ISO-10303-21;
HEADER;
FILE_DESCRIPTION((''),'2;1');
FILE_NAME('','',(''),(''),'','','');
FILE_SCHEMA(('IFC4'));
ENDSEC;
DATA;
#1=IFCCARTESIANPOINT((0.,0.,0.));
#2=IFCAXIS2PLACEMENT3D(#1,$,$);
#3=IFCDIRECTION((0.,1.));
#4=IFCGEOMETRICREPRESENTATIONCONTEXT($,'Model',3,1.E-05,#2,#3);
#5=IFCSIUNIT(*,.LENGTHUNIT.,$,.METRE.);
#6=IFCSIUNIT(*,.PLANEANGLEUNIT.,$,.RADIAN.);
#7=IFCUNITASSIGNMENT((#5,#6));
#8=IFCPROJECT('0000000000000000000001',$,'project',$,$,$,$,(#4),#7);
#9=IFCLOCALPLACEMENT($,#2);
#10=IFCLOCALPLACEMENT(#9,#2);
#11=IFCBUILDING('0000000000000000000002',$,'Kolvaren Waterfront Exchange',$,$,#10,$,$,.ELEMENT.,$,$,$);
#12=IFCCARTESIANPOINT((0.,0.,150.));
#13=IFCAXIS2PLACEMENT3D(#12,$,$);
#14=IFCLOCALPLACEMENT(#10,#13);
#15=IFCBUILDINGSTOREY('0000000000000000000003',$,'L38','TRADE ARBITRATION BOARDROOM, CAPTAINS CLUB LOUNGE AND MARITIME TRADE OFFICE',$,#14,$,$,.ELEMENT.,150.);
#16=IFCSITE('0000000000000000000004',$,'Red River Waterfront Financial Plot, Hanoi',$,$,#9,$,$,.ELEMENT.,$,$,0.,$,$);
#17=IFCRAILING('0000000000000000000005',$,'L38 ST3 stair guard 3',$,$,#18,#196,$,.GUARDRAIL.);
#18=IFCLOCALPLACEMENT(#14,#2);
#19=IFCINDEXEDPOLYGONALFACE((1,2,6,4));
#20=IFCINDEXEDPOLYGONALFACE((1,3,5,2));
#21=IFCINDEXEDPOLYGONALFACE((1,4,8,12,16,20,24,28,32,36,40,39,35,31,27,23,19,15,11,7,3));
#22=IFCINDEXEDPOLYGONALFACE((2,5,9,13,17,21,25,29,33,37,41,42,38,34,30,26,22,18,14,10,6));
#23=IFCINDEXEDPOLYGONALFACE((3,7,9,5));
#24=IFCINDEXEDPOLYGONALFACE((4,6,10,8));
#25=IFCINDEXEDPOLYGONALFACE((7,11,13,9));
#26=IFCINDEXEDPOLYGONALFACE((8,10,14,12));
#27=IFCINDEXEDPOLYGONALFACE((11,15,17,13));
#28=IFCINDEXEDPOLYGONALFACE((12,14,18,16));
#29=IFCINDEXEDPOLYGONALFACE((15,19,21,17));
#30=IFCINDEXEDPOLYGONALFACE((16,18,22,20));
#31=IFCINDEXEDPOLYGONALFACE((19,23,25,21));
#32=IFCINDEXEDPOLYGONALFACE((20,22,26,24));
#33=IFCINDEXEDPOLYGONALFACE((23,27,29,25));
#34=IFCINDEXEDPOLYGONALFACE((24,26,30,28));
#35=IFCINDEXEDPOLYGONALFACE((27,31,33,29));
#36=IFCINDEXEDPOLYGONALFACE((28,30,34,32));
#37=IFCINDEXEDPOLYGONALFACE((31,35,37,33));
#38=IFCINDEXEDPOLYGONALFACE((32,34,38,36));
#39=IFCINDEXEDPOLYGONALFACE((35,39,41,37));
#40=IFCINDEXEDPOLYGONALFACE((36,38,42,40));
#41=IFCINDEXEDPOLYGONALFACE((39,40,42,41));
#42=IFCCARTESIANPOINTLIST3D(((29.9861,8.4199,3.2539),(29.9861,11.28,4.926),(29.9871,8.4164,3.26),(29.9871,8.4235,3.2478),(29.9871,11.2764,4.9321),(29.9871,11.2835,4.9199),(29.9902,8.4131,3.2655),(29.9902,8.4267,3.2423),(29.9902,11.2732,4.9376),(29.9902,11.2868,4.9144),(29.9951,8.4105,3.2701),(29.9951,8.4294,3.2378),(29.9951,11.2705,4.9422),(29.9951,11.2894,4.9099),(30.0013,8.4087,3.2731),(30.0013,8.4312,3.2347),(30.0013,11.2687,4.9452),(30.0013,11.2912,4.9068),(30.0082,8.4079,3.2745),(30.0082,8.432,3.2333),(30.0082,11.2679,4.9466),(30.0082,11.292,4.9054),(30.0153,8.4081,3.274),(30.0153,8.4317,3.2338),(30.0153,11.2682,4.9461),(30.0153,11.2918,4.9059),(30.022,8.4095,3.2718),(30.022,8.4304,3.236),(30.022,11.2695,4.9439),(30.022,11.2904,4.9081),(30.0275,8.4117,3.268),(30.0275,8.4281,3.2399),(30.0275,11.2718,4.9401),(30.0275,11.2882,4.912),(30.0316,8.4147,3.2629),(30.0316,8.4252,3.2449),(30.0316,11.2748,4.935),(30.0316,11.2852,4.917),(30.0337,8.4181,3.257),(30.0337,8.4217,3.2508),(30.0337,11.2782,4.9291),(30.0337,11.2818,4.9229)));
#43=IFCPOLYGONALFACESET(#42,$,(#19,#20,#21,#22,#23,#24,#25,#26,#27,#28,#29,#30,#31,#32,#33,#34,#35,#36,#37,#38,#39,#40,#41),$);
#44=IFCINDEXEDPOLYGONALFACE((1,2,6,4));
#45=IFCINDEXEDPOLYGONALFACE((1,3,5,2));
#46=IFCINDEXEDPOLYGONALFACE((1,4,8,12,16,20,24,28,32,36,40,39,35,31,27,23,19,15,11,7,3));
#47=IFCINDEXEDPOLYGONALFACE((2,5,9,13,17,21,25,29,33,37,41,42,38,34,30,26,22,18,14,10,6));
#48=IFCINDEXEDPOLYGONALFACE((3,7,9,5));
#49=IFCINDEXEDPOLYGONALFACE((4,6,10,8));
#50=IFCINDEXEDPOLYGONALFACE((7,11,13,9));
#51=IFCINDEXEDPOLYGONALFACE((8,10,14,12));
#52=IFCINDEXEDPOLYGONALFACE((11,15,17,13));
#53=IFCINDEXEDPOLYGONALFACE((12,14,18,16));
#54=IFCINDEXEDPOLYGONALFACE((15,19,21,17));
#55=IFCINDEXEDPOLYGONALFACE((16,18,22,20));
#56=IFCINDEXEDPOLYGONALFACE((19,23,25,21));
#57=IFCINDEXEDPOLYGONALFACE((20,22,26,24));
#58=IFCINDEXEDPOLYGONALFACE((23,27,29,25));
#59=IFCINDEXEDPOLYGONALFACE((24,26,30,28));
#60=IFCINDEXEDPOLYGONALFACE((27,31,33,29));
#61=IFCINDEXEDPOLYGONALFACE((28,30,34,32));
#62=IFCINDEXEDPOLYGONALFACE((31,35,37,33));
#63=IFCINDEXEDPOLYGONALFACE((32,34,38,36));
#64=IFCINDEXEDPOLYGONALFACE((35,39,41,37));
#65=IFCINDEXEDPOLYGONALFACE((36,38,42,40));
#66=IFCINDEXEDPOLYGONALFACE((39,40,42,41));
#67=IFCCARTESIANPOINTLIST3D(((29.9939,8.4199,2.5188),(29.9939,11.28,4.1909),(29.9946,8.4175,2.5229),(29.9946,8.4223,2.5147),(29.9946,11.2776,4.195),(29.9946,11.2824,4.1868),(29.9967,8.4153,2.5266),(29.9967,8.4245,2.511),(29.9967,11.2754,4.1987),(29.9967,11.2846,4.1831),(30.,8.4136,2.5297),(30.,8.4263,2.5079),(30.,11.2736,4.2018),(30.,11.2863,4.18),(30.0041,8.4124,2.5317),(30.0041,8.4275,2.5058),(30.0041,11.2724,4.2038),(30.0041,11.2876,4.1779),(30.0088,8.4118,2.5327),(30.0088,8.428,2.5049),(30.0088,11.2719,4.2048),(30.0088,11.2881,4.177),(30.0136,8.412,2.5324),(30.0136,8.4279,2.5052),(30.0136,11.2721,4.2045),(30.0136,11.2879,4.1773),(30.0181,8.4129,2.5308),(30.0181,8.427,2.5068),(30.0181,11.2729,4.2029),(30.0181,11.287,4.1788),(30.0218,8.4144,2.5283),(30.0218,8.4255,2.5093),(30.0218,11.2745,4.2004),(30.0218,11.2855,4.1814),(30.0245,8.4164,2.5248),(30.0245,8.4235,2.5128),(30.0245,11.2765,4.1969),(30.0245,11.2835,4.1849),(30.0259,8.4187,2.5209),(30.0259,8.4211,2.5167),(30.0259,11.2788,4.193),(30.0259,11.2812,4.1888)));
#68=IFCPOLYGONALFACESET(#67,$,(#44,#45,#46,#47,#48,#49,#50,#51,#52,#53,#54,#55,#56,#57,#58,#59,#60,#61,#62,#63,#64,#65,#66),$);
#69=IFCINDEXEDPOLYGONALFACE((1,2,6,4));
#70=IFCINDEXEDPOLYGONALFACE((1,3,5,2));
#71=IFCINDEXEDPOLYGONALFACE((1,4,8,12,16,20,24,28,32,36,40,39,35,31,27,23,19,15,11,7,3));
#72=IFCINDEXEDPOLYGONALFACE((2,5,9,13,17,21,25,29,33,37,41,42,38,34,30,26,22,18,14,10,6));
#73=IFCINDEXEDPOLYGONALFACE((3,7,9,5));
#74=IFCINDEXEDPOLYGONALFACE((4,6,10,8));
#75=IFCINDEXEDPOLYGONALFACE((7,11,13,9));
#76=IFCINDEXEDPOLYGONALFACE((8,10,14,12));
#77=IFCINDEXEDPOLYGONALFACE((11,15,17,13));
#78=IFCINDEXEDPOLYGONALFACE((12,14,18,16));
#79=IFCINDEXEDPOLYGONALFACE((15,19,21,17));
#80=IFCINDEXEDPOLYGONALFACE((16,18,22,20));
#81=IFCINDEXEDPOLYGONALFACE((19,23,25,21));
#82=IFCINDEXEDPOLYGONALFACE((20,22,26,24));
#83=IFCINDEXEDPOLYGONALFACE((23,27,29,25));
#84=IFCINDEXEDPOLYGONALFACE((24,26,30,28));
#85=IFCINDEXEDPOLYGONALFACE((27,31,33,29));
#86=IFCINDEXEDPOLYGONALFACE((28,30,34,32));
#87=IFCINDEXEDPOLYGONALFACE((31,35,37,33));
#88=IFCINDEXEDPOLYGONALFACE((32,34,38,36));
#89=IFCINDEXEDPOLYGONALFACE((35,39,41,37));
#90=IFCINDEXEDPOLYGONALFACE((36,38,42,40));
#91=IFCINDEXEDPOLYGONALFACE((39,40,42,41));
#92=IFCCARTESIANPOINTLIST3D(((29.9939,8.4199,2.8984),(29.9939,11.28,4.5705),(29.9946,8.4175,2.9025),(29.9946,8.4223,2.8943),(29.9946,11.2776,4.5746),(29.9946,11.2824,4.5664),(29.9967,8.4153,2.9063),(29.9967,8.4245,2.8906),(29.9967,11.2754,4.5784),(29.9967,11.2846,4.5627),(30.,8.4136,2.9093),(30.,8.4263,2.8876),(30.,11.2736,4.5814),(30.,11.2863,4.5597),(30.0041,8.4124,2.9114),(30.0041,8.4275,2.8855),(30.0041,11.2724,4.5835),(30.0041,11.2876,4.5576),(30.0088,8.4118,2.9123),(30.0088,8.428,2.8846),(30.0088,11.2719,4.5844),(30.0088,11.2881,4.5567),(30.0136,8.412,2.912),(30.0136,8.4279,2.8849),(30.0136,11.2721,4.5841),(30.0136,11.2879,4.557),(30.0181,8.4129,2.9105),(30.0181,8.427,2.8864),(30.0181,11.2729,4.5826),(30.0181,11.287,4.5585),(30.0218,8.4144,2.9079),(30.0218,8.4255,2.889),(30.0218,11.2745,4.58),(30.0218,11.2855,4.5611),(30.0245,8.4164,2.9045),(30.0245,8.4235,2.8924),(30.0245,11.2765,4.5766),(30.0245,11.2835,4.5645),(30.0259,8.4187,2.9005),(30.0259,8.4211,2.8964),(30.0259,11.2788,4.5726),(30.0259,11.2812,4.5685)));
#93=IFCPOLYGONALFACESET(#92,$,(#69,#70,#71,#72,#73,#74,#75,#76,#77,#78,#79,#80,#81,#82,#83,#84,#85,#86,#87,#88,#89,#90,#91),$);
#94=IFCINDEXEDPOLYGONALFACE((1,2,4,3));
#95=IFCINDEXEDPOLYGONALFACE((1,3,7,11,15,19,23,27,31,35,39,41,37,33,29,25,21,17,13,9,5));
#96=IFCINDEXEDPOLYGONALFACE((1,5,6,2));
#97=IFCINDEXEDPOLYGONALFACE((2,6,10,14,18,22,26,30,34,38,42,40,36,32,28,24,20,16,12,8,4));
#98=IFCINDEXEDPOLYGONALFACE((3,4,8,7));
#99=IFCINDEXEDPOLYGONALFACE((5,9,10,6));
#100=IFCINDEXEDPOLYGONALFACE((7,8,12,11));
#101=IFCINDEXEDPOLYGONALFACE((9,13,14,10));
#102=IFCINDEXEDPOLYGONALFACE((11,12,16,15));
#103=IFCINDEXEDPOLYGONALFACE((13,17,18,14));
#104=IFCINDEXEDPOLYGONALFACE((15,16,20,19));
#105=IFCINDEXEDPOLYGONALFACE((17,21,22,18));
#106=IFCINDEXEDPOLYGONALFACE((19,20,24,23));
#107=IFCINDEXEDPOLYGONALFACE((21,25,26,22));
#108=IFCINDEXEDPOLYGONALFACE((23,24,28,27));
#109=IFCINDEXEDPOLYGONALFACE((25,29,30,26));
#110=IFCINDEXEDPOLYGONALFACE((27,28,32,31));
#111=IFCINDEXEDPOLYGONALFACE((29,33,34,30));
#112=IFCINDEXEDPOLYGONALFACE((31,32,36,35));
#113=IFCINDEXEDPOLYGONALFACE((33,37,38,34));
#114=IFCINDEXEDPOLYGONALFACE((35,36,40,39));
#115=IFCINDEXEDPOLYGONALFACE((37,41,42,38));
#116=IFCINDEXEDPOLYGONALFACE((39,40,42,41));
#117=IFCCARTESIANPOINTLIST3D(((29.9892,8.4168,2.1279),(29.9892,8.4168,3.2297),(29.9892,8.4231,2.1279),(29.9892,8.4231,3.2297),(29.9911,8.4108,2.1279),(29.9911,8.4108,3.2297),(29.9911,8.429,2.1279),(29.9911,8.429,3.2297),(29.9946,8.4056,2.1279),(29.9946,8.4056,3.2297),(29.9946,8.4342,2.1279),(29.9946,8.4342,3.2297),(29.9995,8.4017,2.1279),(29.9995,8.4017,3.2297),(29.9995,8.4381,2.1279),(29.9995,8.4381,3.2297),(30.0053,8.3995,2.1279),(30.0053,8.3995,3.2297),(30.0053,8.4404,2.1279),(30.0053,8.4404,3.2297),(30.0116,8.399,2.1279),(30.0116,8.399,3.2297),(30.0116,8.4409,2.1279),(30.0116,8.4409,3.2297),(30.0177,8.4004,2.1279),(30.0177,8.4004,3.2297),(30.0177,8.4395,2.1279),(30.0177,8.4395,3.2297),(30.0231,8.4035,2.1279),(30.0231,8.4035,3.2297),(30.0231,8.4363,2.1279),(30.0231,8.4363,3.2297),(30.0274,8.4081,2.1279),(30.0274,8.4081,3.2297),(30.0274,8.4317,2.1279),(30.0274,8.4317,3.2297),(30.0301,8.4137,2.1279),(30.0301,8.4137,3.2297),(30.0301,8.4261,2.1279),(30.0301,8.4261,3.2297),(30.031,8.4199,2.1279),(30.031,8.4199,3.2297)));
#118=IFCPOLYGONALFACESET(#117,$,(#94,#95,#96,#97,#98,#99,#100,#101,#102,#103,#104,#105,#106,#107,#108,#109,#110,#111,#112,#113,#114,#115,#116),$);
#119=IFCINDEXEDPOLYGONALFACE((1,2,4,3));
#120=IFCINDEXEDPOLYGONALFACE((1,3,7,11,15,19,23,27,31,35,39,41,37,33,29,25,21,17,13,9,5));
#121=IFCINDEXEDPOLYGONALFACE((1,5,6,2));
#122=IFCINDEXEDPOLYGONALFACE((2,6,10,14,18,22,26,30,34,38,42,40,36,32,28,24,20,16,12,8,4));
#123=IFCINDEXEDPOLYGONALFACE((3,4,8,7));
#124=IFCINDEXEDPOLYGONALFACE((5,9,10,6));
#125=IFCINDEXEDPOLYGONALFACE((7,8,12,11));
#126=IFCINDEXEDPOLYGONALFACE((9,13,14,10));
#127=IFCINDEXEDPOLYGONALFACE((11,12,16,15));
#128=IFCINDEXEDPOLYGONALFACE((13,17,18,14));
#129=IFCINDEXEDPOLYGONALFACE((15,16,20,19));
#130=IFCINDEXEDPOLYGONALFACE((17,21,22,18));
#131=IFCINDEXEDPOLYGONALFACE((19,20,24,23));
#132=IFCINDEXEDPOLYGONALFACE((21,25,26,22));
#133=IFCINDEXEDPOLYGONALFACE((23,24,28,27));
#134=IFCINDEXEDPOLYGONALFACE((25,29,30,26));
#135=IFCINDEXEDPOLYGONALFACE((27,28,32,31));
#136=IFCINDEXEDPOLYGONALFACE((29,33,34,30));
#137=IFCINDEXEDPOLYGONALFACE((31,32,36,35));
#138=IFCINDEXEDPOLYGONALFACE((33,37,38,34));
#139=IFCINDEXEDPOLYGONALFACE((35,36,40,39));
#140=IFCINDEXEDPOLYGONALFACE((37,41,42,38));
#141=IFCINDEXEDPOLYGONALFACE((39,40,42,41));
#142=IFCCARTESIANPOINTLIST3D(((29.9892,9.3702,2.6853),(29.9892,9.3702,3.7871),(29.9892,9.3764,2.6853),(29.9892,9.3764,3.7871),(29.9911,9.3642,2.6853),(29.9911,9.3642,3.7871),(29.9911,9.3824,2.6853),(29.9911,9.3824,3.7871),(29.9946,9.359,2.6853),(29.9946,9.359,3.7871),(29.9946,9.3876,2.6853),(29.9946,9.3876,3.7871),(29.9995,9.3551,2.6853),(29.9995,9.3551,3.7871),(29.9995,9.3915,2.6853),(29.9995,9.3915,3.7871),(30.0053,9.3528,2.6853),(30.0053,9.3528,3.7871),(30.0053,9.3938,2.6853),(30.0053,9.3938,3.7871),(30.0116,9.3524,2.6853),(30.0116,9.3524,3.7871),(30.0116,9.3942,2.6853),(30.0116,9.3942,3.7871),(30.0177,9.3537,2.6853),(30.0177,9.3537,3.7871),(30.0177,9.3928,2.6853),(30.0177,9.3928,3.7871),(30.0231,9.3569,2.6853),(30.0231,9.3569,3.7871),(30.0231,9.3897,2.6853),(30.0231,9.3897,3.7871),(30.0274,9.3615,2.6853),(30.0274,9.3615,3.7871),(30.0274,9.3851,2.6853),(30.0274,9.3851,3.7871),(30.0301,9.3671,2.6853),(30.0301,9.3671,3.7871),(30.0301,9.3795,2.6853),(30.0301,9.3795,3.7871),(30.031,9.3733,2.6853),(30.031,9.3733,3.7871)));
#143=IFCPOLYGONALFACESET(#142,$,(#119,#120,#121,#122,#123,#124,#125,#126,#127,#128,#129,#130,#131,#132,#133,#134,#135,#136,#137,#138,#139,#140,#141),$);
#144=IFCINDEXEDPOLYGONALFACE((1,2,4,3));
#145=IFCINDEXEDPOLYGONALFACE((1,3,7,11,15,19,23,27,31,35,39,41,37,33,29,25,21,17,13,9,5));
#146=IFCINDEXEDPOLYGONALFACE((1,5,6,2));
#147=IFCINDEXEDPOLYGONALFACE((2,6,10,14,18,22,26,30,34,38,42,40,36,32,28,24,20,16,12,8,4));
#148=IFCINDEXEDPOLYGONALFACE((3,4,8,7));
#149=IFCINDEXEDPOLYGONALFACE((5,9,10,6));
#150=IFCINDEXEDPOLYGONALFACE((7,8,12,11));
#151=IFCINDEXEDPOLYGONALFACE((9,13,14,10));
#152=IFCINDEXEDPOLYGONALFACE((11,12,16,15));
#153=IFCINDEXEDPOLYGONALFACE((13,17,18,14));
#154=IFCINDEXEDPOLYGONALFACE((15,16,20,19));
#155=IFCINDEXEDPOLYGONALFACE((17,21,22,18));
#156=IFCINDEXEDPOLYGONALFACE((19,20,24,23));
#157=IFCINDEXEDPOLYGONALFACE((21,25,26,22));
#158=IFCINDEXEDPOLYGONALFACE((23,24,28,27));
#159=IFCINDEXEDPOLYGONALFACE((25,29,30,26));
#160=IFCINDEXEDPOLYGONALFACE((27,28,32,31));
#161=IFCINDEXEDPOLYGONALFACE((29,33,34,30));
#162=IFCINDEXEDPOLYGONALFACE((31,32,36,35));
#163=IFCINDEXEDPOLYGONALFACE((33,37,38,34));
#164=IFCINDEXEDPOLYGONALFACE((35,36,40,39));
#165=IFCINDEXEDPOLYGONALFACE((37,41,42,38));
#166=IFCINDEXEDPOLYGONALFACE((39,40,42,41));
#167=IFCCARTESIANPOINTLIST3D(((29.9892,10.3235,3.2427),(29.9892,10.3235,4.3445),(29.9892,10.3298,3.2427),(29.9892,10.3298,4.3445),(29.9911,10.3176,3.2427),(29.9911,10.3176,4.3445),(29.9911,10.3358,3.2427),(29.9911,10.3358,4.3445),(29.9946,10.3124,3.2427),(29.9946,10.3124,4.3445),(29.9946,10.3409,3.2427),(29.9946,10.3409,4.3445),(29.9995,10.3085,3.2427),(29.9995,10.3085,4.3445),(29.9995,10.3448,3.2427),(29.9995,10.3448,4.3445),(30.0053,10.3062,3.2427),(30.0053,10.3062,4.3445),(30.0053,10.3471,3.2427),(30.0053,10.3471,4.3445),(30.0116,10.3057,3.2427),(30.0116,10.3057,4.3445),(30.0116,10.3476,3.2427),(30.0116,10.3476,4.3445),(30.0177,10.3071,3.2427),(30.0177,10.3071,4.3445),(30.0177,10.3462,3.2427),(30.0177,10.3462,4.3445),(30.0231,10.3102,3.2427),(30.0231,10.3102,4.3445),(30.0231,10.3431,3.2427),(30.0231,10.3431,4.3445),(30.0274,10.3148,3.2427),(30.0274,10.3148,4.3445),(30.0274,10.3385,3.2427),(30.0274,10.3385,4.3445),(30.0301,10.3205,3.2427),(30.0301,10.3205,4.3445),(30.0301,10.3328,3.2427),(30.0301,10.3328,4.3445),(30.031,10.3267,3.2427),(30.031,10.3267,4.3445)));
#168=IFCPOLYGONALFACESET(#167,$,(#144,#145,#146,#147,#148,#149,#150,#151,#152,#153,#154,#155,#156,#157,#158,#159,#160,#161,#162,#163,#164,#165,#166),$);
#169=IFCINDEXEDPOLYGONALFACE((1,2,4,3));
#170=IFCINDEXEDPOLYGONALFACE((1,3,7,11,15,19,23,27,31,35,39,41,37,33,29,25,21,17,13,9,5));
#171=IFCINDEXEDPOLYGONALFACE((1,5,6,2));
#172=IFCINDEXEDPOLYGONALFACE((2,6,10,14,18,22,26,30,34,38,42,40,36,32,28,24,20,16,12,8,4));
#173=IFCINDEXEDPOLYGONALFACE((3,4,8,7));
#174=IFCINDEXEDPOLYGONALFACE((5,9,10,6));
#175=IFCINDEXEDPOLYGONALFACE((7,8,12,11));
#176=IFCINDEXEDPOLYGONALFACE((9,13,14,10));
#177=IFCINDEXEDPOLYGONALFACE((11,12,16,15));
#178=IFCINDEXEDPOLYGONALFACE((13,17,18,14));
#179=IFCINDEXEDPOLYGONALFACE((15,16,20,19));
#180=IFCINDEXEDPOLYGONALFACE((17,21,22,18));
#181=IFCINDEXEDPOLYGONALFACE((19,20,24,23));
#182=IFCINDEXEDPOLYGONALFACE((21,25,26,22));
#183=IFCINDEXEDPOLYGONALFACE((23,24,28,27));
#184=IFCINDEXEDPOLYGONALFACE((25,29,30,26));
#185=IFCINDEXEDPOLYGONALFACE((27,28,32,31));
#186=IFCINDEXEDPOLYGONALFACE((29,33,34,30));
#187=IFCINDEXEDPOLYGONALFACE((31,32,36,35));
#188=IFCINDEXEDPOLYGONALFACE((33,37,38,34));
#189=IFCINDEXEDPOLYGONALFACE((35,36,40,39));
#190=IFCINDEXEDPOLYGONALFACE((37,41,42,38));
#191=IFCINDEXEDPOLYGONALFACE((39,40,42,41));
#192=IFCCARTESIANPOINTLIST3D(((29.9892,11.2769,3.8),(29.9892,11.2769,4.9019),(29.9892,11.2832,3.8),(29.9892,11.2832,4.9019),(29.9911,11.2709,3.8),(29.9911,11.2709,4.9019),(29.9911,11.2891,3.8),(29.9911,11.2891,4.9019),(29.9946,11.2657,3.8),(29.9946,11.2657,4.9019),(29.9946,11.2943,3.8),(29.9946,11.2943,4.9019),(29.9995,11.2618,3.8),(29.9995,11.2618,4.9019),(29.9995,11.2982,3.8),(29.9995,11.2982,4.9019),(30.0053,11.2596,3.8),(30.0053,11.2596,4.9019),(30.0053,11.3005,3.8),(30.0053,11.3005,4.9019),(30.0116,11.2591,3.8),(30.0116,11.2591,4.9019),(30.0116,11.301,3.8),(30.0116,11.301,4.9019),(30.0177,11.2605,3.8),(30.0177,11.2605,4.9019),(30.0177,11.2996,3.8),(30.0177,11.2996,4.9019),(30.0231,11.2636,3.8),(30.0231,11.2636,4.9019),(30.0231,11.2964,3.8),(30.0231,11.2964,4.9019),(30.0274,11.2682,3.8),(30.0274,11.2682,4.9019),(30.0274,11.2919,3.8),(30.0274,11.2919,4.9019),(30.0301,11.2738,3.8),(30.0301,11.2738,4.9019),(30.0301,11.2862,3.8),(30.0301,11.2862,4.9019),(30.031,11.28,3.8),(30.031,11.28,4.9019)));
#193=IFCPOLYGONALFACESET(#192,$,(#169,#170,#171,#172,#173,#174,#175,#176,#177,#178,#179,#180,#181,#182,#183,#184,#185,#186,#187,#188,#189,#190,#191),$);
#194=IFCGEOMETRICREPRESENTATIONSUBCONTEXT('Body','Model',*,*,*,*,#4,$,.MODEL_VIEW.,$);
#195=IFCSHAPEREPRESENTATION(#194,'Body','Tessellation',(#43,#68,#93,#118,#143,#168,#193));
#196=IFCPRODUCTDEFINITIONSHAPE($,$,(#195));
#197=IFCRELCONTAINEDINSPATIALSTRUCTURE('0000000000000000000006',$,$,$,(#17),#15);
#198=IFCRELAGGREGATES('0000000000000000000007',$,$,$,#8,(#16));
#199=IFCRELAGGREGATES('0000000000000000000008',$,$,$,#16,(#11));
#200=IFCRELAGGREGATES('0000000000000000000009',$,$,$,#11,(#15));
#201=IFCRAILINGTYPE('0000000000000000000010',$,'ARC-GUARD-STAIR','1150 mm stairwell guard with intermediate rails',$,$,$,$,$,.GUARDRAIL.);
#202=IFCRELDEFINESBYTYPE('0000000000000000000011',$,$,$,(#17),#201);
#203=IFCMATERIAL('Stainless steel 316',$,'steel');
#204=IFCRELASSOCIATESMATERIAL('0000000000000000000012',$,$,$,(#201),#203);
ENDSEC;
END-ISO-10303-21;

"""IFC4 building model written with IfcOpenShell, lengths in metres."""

from ifc_helpers import new_model, si_unit, direction, frame, origin, origin_2d, place, context, subcontext, project, spatial, circle, extrude, material, type_object, element, save


model = new_model("IFC4")

# Units and contexts
model_context = context("Model", 3, precision=1e-05, world=origin(), true_north=direction((0.0, 1.0)))
body_context = subcontext(model_context, "Body", "Model", "MODEL_VIEW")
ifc_project = project(units=[si_unit("LENGTHUNIT", "METRE"), si_unit("PLANEANGLEUNIT", "RADIAN")], contexts=[model_context])

# Site, building, storey
site_placement = place(None, origin())
site = spatial("IfcSite", under=ifc_project, at=site_placement, Name="Red River Waterfront Financial Plot, Hanoi", CompositionType="ELEMENT", RefElevation=0.0)
building_placement = place(site_placement, origin())
building = spatial("IfcBuilding", under=site, at=building_placement, Name="Kolvaren Waterfront Exchange", CompositionType="ELEMENT")
storey_placement = place(building_placement, frame((0.0, 0.0, 150.0)))
storey = spatial("IfcBuildingStorey", under=building, at=storey_placement, Name="L38", Description="TRADE ARBITRATION BOARDROOM, CAPTAINS CLUB LOUNGE AND MARITIME TRADE OFFICE", CompositionType="ELEMENT", Elevation=150.0)

# Railing
ifc_material_1 = material(Name="Stainless steel 316", Category="steel")
railing_type_1 = type_object("IfcRailingType", Name="ARC-GUARD-STAIR", Description="1150 mm stairwell guard with intermediate rails", PredefinedType="GUARDRAIL", material=ifc_material_1)
railing_1_placement = place(storey_placement, frame((30.01, 8.4199, 2.1279)))
element("IfcRailing", 1, at=railing_1_placement, inside=storey, type_object=railing_type_1, Name="L38 ST3 stair guard 3", PredefinedType="GUARDRAIL", context=body_context, shape_type="SweptSolid", body=[
    extrude(circle(Radius=0.0239, at=origin_2d()), frame((0.0, 0.0, 1.126), z_axis=(0.0, 0.863289, 0.504709), x_axis=(-1.0, 0.0, 0.0)), (0.0, 0.0, 1.0), 3.313),
    extrude(circle(Radius=0.0161, at=origin_2d()), frame((0.0, 0.0, 0.3909), z_axis=(0.0, 0.863289, 0.504709), x_axis=(-1.0, 0.0, 0.0)), (0.0, 0.0, 1.0), 3.313),
    extrude(circle(Radius=0.0161, at=origin_2d()), frame((0.0, 0.0, 0.7705), z_axis=(0.0, 0.863289, 0.504709), x_axis=(-1.0, 0.0, 0.0)), (0.0, 0.0, 1.0), 3.313),
    extrude(circle(Radius=0.021, at=origin_2d()), origin(), (0.0, 0.0, 1.0), 1.1018),
    extrude(circle(Radius=0.021, at=origin_2d()), frame((0.0, 0.9534, 0.5574)), (0.0, 0.0, 1.0), 1.1018),
    extrude(circle(Radius=0.021, at=origin_2d()), frame((0.0, 1.9067, 1.1147)), (0.0, 0.0, 1.0), 1.1018),
    extrude(circle(Radius=0.021, at=origin_2d()), frame((0.0, 2.8601, 1.6721)), (0.0, 0.0, 1.0), 1.1018),
])

save(model, "model.ifc")
